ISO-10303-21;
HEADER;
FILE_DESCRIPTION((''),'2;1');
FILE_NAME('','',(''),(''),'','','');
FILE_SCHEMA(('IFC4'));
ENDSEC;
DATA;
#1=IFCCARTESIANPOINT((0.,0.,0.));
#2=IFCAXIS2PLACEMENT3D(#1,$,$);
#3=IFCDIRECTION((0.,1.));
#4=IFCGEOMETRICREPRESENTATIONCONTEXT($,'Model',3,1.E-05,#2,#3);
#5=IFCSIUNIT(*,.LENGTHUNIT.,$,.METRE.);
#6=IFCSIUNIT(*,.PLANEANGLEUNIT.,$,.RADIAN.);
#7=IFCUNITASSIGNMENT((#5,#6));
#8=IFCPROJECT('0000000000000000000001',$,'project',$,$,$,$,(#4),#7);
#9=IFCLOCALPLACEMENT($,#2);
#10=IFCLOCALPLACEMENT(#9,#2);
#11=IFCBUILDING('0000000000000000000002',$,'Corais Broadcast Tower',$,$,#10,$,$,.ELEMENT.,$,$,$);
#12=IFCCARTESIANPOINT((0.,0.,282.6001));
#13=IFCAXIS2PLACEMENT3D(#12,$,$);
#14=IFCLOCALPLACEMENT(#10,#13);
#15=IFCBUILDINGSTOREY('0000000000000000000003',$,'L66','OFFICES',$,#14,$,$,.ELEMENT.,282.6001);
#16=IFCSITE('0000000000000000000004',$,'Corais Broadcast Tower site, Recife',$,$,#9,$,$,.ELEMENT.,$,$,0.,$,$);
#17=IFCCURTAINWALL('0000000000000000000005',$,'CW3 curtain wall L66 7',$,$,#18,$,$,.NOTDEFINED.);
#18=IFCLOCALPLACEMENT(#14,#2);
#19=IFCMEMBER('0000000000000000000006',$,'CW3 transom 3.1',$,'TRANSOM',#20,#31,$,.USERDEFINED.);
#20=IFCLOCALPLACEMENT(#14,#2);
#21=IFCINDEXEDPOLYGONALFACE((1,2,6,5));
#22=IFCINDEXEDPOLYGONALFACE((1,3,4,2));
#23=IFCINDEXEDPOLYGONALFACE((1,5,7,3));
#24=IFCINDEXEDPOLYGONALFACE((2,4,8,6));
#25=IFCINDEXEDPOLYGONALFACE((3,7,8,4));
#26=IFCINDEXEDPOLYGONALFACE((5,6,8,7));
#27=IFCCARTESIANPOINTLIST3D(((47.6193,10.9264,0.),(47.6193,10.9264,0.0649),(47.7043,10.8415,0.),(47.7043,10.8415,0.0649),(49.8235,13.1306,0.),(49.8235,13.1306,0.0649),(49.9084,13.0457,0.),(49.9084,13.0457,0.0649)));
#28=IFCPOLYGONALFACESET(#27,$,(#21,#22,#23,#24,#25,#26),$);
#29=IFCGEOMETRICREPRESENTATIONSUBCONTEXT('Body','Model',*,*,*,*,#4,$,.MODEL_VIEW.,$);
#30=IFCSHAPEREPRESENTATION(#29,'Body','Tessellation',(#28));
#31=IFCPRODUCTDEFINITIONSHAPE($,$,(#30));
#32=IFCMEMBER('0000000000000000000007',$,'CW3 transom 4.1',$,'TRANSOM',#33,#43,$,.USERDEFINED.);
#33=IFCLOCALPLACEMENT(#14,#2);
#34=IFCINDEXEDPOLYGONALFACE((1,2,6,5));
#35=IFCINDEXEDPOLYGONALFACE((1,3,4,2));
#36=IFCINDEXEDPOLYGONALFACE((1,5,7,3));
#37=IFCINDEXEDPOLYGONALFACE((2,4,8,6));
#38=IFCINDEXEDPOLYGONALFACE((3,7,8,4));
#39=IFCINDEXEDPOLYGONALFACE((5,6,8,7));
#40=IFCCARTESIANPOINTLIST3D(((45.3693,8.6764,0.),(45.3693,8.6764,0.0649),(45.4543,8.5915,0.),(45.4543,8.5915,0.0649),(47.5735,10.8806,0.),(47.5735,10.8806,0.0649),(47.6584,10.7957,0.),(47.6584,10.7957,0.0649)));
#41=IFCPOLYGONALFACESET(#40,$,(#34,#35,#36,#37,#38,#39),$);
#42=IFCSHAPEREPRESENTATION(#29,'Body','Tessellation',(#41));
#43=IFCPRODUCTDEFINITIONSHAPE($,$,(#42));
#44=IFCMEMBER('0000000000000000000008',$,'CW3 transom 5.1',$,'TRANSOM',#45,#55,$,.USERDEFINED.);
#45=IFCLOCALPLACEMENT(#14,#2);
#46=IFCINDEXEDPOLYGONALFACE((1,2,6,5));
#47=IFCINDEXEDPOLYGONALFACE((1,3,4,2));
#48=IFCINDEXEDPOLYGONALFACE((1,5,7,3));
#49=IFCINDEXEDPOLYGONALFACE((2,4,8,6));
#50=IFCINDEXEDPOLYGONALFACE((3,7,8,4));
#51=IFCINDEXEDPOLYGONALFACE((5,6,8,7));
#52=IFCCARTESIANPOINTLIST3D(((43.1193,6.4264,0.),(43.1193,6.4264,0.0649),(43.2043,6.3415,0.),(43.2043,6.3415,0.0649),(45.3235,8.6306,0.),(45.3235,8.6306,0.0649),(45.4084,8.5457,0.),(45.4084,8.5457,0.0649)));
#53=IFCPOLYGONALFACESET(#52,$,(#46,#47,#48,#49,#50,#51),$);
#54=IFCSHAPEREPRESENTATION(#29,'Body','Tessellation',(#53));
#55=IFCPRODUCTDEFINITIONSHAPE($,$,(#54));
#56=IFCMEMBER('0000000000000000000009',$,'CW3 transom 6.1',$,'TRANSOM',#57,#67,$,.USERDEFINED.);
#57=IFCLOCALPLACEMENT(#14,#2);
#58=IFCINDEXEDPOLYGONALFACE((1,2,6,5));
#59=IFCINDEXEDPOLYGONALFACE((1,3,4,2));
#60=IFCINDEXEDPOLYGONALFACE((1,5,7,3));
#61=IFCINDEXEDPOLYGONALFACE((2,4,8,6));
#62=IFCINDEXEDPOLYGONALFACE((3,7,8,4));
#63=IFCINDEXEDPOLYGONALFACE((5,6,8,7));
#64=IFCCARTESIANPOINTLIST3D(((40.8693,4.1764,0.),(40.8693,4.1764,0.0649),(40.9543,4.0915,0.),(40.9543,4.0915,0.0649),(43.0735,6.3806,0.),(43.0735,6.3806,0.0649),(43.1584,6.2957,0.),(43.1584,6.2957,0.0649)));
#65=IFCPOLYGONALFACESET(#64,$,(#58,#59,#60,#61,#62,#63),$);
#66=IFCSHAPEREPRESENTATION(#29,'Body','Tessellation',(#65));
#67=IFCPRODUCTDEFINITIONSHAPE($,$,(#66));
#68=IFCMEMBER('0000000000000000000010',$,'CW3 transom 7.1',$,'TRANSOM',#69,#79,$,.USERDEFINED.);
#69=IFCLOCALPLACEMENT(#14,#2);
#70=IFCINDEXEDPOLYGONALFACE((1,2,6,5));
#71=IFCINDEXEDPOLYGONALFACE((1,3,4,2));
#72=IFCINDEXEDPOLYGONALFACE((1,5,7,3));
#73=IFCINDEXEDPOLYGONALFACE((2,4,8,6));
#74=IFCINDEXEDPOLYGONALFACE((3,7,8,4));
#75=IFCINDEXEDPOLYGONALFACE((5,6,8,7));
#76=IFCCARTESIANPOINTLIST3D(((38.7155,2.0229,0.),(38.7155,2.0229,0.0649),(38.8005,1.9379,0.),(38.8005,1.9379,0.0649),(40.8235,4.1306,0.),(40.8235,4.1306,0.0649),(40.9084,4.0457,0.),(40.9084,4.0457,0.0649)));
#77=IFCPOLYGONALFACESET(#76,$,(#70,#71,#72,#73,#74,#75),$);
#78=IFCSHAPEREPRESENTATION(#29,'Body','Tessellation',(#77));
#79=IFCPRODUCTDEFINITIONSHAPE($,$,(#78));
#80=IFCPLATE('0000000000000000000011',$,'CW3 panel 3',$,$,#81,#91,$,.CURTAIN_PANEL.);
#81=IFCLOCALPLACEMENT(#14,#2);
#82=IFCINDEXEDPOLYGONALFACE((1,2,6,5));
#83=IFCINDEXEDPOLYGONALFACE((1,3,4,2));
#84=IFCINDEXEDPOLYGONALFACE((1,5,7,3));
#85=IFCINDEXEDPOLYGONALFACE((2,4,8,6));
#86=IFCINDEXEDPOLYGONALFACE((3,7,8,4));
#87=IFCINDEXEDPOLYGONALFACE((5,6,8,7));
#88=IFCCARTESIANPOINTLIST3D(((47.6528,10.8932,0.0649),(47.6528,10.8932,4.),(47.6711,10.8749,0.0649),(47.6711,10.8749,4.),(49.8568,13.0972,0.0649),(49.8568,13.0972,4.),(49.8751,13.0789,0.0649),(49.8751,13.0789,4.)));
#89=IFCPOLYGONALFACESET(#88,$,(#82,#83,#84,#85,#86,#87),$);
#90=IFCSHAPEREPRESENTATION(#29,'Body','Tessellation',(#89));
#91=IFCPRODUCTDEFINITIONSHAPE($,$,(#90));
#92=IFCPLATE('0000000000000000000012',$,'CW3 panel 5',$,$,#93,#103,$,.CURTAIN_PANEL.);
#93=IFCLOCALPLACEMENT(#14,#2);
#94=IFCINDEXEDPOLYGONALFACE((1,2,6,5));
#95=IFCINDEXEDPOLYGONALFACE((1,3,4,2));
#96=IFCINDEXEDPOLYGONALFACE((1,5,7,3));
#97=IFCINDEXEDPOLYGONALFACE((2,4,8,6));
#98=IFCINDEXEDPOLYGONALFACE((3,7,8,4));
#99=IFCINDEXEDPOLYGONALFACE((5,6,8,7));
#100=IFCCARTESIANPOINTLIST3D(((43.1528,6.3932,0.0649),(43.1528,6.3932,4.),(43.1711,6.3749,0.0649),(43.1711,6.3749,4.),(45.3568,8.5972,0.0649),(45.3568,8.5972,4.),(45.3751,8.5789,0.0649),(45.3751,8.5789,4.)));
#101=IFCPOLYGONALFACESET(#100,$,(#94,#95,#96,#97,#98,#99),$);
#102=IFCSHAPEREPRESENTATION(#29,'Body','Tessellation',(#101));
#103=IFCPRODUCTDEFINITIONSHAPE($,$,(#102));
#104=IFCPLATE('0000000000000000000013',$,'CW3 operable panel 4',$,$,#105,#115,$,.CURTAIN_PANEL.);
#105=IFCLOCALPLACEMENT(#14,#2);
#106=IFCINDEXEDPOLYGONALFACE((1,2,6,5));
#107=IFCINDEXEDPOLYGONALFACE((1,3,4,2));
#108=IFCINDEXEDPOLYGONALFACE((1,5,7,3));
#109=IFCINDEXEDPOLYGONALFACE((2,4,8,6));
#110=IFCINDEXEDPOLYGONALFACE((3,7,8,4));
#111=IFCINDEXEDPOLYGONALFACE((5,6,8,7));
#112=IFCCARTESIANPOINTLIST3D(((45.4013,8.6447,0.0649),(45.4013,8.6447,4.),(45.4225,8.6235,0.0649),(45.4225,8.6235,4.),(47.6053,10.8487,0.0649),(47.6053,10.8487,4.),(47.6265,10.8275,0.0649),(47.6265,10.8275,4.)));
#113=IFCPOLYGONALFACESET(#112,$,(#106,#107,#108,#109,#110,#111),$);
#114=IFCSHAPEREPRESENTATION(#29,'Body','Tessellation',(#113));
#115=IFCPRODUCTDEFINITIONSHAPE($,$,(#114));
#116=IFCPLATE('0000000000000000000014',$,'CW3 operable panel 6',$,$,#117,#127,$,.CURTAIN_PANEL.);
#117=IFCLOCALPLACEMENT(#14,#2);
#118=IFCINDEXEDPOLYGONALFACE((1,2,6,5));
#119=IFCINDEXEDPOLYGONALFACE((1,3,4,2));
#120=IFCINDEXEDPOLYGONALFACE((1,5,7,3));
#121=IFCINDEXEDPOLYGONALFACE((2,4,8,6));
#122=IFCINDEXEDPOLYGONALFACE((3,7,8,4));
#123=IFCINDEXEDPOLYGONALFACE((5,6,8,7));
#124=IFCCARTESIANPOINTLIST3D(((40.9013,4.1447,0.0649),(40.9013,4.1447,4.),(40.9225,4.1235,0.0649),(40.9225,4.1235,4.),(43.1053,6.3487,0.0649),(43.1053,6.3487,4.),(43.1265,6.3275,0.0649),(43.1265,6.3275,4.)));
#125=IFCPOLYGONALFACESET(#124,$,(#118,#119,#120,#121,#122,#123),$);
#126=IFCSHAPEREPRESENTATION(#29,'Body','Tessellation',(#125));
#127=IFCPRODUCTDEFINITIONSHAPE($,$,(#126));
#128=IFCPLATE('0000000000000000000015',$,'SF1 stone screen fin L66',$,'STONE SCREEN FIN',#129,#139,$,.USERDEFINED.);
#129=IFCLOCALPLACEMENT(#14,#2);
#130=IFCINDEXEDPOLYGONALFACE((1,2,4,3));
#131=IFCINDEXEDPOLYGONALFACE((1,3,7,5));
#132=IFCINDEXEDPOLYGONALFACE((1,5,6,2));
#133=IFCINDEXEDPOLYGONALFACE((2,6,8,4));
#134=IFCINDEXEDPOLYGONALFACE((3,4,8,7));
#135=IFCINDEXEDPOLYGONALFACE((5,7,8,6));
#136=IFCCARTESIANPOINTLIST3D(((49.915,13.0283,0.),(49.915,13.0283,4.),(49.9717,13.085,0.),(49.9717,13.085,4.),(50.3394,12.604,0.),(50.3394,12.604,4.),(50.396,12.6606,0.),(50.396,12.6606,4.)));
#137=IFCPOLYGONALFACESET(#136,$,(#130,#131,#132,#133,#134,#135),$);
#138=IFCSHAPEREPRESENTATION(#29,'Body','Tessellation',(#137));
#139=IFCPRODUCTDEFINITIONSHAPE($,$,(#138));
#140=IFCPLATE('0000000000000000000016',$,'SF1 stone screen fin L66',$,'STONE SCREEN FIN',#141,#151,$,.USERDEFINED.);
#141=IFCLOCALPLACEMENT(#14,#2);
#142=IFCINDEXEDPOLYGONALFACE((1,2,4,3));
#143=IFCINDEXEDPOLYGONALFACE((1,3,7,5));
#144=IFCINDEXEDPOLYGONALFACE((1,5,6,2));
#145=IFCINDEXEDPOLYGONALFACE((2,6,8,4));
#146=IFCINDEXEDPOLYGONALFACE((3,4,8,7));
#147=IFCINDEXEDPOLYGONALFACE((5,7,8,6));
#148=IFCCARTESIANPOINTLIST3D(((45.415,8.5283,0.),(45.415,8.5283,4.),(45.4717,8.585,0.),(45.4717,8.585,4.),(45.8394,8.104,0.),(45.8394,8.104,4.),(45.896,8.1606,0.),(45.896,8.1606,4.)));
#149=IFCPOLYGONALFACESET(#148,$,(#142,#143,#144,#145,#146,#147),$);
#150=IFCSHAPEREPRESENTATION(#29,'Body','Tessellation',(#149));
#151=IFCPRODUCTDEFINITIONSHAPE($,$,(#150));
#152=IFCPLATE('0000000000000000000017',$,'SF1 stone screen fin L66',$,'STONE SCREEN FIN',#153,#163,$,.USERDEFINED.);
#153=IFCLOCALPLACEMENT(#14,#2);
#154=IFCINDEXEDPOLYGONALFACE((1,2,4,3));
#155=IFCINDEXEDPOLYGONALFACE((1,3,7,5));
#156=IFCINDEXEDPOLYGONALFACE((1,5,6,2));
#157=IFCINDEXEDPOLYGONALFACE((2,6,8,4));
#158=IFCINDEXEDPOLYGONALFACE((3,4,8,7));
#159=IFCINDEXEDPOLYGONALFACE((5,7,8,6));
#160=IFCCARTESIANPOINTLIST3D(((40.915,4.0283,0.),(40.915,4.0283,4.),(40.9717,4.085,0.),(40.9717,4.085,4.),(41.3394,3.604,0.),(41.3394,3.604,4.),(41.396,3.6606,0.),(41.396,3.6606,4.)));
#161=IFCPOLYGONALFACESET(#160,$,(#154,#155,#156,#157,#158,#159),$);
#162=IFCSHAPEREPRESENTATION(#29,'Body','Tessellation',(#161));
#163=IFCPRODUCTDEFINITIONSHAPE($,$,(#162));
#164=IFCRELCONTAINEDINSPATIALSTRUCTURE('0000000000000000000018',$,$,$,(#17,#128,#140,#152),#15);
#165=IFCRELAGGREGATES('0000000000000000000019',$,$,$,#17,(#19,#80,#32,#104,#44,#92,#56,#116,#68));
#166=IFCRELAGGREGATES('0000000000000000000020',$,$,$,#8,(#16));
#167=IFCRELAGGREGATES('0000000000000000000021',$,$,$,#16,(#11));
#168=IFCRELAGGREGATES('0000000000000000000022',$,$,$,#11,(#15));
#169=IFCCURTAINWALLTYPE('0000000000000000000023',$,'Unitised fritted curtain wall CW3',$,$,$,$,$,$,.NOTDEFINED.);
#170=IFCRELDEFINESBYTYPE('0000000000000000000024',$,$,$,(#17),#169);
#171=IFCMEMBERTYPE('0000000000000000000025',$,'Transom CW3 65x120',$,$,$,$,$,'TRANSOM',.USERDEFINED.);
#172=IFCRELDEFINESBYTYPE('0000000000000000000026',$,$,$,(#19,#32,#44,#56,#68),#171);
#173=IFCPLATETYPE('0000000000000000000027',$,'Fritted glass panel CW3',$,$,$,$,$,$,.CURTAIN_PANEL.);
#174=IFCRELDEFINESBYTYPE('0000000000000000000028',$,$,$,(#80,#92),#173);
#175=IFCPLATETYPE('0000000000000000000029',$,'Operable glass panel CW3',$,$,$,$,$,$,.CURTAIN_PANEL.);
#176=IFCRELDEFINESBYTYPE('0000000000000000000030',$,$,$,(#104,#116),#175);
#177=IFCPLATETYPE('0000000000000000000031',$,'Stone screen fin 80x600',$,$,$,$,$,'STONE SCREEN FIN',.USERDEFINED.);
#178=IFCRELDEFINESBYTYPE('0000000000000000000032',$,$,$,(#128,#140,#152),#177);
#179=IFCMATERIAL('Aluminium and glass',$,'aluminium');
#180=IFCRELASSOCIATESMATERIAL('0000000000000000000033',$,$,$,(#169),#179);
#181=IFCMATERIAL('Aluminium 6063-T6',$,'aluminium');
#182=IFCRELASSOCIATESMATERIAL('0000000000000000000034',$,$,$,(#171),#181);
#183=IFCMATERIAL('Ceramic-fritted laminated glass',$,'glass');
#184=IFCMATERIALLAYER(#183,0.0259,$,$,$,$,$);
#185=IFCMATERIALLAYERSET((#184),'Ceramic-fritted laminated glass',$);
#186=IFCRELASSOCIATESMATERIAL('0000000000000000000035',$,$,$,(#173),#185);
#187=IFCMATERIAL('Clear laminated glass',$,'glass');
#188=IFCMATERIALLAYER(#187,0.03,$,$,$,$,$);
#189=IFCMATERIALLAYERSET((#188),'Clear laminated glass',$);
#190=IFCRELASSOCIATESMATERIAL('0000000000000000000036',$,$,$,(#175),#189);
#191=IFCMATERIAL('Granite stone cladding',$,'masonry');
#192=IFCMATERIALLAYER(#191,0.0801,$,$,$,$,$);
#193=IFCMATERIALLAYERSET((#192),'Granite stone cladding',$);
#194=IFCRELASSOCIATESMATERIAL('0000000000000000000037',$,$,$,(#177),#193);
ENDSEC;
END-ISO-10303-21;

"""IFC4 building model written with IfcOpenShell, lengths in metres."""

from ifc_helpers import new_model, si_unit, direction, frame, origin, origin_2d, place, context, subcontext, project, spatial, rectangle, extrude, material, layer, layer_set, material_profile, profile_set, type_object, element, aggregate, save


model = new_model("IFC4")

# Units and contexts
model_context = context("Model", 3, precision=1e-05, world=origin(), true_north=direction((0.0, 1.0)))
body_context = subcontext(model_context, "Body", "Model", "MODEL_VIEW")
ifc_project = project(units=[si_unit("LENGTHUNIT", "METRE"), si_unit("PLANEANGLEUNIT", "RADIAN")], contexts=[model_context])

# Site, building, storey
site_placement = place(None, origin())
site = spatial("IfcSite", under=ifc_project, at=site_placement, Name="Corais Broadcast Tower site, Recife", CompositionType="ELEMENT", RefElevation=0.0)
building_placement = place(site_placement, origin())
building = spatial("IfcBuilding", under=site, at=building_placement, Name="Corais Broadcast Tower", CompositionType="ELEMENT")
storey_placement = place(building_placement, frame((0.0, 0.0, 282.6001)))
storey = spatial("IfcBuildingStorey", under=building, at=storey_placement, Name="L66", Description="OFFICES", CompositionType="ELEMENT", Elevation=282.6001)

# Curtain wall
ifc_material_1 = material(Name="Aluminium and glass", Category="aluminium")
curtain_wall_type = type_object("IfcCurtainWallType", Name="Unitised fritted curtain wall CW3", PredefinedType="NOTDEFINED", material=ifc_material_1)
curtain_wall_placement = place(storey_placement, origin())
curtain_wall = element("IfcCurtainWall", 1, at=curtain_wall_placement, inside=storey, type_object=curtain_wall_type, Name="CW3 curtain wall L66 7", PredefinedType="NOTDEFINED")

# Members
ifc_material_2 = material(Name="Aluminium 6063-T6", Category="aluminium")
ifc_material_profile_1 = material_profile(ifc_material_2, rectangle(XDim=0.1201, YDim=0.0649, at=origin_2d()), Name="Transom CW3 65x120")
ifc_profile_set_1 = profile_set([ifc_material_profile_1], Name="Aluminium 6063-T6")
member_type_1 = type_object("IfcMemberType", Name="Transom CW3 65x120", ElementType="TRANSOM", PredefinedType="USERDEFINED", material=ifc_profile_set_1)
member_1_placement = place(storey_placement, frame((49.866, 13.0881, 0.0325), z_axis=(-0.707107, -0.707107, 0.0), x_axis=(0.707107, -0.707107, 0.0)))
member_1 = element("IfcMember", 2, at=member_1_placement, type_object=member_type_1, Name="CW3 transom 3.1", ObjectType="TRANSOM", PredefinedType="USERDEFINED", context=body_context, shape_type="SweptSolid", body=[
    extrude(rectangle(XDim=0.1201, YDim=0.0649, at=origin_2d()), origin(), (0.0, 0.0, 1.0), 3.1172),
])
member_2_placement = place(storey_placement, frame((47.616, 10.8381, 0.0325), z_axis=(-0.707107, -0.707107, 0.0), x_axis=(0.707107, -0.707107, 0.0)))
member_2 = element("IfcMember", 3, at=member_2_placement, type_object=member_type_1, Name="CW3 transom 4.1", ObjectType="TRANSOM", PredefinedType="USERDEFINED", context=body_context, shape_type="SweptSolid", body=[
    extrude(rectangle(XDim=0.1201, YDim=0.0649, at=origin_2d()), origin(), (0.0, 0.0, 1.0), 3.1172),
])
member_3_placement = place(storey_placement, frame((45.366, 8.5881, 0.0325), z_axis=(-0.707107, -0.707107, 0.0), x_axis=(0.707107, -0.707107, 0.0)))
member_3 = element("IfcMember", 4, at=member_3_placement, type_object=member_type_1, Name="CW3 transom 5.1", ObjectType="TRANSOM", PredefinedType="USERDEFINED", context=body_context, shape_type="SweptSolid", body=[
    extrude(rectangle(XDim=0.1201, YDim=0.0649, at=origin_2d()), origin(), (0.0, 0.0, 1.0), 3.1172),
])
member_4_placement = place(storey_placement, frame((43.116, 6.3381, 0.0325), z_axis=(-0.707107, -0.707107, 0.0), x_axis=(0.707107, -0.707107, 0.0)))
member_4 = element("IfcMember", 5, at=member_4_placement, type_object=member_type_1, Name="CW3 transom 6.1", ObjectType="TRANSOM", PredefinedType="USERDEFINED", context=body_context, shape_type="SweptSolid", body=[
    extrude(rectangle(XDim=0.1201, YDim=0.0649, at=origin_2d()), origin(), (0.0, 0.0, 1.0), 3.1172),
])
member_5_placement = place(storey_placement, frame((40.866, 4.0881, 0.0325), z_axis=(-0.707148, -0.707066, 0.0), x_axis=(0.707066, -0.707148, 0.0)))
member_5 = element("IfcMember", 6, at=member_5_placement, type_object=member_type_1, Name="CW3 transom 7.1", ObjectType="TRANSOM", PredefinedType="USERDEFINED", context=body_context, shape_type="SweptSolid", body=[
    extrude(rectangle(XDim=0.1201, YDim=0.0649, at=origin_2d()), origin(), (0.0, 0.0, 1.0), 2.981),
])

# Plates
ifc_material_3 = material(Name="Ceramic-fritted laminated glass", Category="glass")
ifc_layer_1 = layer(ifc_material_3, 0.0259)
ifc_layer_set_1 = layer_set([ifc_layer_1], Name="Ceramic-fritted laminated glass")
plate_type_1 = type_object("IfcPlateType", Name="Fritted glass panel CW3", PredefinedType="CURTAIN_PANEL", material=ifc_layer_set_1)
plate_1_placement = place(storey_placement, frame((48.7639, 11.9861, 0.0649), z_axis=(0.0, 0.0, 1.0), x_axis=(-0.707107, -0.707107, 0.0)))
plate_1 = element("IfcPlate", 7, at=plate_1_placement, type_object=plate_type_1, Name="CW3 panel 3", PredefinedType="CURTAIN_PANEL", context=body_context, shape_type="SweptSolid", body=[
    extrude(rectangle(XDim=3.1169, YDim=0.0259, at=origin_2d()), origin(), (0.0, 0.0, 1.0), 3.9351),
])
plate_2_placement = place(storey_placement, frame((44.2639, 7.4861, 0.0649), z_axis=(0.0, 0.0, 1.0), x_axis=(-0.707107, -0.707107, 0.0)))
plate_2 = element("IfcPlate", 8, at=plate_2_placement, type_object=plate_type_1, Name="CW3 panel 5", PredefinedType="CURTAIN_PANEL", context=body_context, shape_type="SweptSolid", body=[
    extrude(rectangle(XDim=3.1169, YDim=0.0259, at=origin_2d()), origin(), (0.0, 0.0, 1.0), 3.9351),
])
ifc_material_4 = material(Name="Clear laminated glass", Category="glass")
ifc_layer_2 = layer(ifc_material_4, 0.03)
ifc_layer_set_2 = layer_set([ifc_layer_2], Name="Clear laminated glass")
plate_type_2 = type_object("IfcPlateType", Name="Operable glass panel CW3", PredefinedType="CURTAIN_PANEL", material=ifc_layer_set_2)
plate_3_placement = place(storey_placement, frame((46.5139, 9.7361, 0.0649), z_axis=(0.0, 0.0, 1.0), x_axis=(-0.707107, -0.707107, 0.0)))
plate_3 = element("IfcPlate", 9, at=plate_3_placement, type_object=plate_type_2, Name="CW3 operable panel 4", PredefinedType="CURTAIN_PANEL", context=body_context, shape_type="SweptSolid", body=[
    extrude(rectangle(XDim=3.1169, YDim=0.03, at=origin_2d()), origin(), (0.0, 0.0, 1.0), 3.9351),
])
plate_4_placement = place(storey_placement, frame((42.0139, 5.2361, 0.0649), z_axis=(0.0, 0.0, 1.0), x_axis=(-0.707107, -0.707107, 0.0)))
plate_4 = element("IfcPlate", 10, at=plate_4_placement, type_object=plate_type_2, Name="CW3 operable panel 6", PredefinedType="CURTAIN_PANEL", context=body_context, shape_type="SweptSolid", body=[
    extrude(rectangle(XDim=3.1169, YDim=0.03, at=origin_2d()), origin(), (0.0, 0.0, 1.0), 3.9351),
])
aggregate(curtain_wall, [member_1, plate_1, member_2, plate_3, member_3, plate_2, member_4, plate_4, member_5])

# Plates
ifc_material_5 = material(Name="Granite stone cladding", Category="masonry")
ifc_layer_3 = layer(ifc_material_5, 0.0801)
ifc_layer_set_3 = layer_set([ifc_layer_3], Name="Granite stone cladding")
plate_type_3 = type_object("IfcPlateType", Name="Stone screen fin 80x600", ElementType="STONE SCREEN FIN", PredefinedType="USERDEFINED", material=ifc_layer_set_3)
for number, where, z_axis, x_axis, name in (
    (11, (50.1555, 12.8445, 0.0), (0.0, 0.0, 1.0), (-0.707107, -0.707107, 0.0), "SF1 stone screen fin L66"),
    (12, (45.6555, 8.3445, 0.0), (0.0, 0.0, 1.0), (-0.707107, -0.707107, 0.0), "SF1 stone screen fin L66"),
    (13, (41.1555, 3.8445, 0.0), (0.0, 0.0, 1.0), (-0.707107, -0.707107, 0.0), "SF1 stone screen fin L66"),
):
    element("IfcPlate", number, at=place(storey_placement, frame(where, z_axis=z_axis, x_axis=x_axis)), inside=storey, type_object=plate_type_3, Name=name, ObjectType="STONE SCREEN FIN", PredefinedType="USERDEFINED", context=body_context, shape_type="SweptSolid", body=[
        extrude(rectangle(XDim=0.0801, YDim=0.6001, at=origin_2d()), origin(), (0.0, 0.0, 1.0), 4.0),
    ])

save(model, "model.ifc")
